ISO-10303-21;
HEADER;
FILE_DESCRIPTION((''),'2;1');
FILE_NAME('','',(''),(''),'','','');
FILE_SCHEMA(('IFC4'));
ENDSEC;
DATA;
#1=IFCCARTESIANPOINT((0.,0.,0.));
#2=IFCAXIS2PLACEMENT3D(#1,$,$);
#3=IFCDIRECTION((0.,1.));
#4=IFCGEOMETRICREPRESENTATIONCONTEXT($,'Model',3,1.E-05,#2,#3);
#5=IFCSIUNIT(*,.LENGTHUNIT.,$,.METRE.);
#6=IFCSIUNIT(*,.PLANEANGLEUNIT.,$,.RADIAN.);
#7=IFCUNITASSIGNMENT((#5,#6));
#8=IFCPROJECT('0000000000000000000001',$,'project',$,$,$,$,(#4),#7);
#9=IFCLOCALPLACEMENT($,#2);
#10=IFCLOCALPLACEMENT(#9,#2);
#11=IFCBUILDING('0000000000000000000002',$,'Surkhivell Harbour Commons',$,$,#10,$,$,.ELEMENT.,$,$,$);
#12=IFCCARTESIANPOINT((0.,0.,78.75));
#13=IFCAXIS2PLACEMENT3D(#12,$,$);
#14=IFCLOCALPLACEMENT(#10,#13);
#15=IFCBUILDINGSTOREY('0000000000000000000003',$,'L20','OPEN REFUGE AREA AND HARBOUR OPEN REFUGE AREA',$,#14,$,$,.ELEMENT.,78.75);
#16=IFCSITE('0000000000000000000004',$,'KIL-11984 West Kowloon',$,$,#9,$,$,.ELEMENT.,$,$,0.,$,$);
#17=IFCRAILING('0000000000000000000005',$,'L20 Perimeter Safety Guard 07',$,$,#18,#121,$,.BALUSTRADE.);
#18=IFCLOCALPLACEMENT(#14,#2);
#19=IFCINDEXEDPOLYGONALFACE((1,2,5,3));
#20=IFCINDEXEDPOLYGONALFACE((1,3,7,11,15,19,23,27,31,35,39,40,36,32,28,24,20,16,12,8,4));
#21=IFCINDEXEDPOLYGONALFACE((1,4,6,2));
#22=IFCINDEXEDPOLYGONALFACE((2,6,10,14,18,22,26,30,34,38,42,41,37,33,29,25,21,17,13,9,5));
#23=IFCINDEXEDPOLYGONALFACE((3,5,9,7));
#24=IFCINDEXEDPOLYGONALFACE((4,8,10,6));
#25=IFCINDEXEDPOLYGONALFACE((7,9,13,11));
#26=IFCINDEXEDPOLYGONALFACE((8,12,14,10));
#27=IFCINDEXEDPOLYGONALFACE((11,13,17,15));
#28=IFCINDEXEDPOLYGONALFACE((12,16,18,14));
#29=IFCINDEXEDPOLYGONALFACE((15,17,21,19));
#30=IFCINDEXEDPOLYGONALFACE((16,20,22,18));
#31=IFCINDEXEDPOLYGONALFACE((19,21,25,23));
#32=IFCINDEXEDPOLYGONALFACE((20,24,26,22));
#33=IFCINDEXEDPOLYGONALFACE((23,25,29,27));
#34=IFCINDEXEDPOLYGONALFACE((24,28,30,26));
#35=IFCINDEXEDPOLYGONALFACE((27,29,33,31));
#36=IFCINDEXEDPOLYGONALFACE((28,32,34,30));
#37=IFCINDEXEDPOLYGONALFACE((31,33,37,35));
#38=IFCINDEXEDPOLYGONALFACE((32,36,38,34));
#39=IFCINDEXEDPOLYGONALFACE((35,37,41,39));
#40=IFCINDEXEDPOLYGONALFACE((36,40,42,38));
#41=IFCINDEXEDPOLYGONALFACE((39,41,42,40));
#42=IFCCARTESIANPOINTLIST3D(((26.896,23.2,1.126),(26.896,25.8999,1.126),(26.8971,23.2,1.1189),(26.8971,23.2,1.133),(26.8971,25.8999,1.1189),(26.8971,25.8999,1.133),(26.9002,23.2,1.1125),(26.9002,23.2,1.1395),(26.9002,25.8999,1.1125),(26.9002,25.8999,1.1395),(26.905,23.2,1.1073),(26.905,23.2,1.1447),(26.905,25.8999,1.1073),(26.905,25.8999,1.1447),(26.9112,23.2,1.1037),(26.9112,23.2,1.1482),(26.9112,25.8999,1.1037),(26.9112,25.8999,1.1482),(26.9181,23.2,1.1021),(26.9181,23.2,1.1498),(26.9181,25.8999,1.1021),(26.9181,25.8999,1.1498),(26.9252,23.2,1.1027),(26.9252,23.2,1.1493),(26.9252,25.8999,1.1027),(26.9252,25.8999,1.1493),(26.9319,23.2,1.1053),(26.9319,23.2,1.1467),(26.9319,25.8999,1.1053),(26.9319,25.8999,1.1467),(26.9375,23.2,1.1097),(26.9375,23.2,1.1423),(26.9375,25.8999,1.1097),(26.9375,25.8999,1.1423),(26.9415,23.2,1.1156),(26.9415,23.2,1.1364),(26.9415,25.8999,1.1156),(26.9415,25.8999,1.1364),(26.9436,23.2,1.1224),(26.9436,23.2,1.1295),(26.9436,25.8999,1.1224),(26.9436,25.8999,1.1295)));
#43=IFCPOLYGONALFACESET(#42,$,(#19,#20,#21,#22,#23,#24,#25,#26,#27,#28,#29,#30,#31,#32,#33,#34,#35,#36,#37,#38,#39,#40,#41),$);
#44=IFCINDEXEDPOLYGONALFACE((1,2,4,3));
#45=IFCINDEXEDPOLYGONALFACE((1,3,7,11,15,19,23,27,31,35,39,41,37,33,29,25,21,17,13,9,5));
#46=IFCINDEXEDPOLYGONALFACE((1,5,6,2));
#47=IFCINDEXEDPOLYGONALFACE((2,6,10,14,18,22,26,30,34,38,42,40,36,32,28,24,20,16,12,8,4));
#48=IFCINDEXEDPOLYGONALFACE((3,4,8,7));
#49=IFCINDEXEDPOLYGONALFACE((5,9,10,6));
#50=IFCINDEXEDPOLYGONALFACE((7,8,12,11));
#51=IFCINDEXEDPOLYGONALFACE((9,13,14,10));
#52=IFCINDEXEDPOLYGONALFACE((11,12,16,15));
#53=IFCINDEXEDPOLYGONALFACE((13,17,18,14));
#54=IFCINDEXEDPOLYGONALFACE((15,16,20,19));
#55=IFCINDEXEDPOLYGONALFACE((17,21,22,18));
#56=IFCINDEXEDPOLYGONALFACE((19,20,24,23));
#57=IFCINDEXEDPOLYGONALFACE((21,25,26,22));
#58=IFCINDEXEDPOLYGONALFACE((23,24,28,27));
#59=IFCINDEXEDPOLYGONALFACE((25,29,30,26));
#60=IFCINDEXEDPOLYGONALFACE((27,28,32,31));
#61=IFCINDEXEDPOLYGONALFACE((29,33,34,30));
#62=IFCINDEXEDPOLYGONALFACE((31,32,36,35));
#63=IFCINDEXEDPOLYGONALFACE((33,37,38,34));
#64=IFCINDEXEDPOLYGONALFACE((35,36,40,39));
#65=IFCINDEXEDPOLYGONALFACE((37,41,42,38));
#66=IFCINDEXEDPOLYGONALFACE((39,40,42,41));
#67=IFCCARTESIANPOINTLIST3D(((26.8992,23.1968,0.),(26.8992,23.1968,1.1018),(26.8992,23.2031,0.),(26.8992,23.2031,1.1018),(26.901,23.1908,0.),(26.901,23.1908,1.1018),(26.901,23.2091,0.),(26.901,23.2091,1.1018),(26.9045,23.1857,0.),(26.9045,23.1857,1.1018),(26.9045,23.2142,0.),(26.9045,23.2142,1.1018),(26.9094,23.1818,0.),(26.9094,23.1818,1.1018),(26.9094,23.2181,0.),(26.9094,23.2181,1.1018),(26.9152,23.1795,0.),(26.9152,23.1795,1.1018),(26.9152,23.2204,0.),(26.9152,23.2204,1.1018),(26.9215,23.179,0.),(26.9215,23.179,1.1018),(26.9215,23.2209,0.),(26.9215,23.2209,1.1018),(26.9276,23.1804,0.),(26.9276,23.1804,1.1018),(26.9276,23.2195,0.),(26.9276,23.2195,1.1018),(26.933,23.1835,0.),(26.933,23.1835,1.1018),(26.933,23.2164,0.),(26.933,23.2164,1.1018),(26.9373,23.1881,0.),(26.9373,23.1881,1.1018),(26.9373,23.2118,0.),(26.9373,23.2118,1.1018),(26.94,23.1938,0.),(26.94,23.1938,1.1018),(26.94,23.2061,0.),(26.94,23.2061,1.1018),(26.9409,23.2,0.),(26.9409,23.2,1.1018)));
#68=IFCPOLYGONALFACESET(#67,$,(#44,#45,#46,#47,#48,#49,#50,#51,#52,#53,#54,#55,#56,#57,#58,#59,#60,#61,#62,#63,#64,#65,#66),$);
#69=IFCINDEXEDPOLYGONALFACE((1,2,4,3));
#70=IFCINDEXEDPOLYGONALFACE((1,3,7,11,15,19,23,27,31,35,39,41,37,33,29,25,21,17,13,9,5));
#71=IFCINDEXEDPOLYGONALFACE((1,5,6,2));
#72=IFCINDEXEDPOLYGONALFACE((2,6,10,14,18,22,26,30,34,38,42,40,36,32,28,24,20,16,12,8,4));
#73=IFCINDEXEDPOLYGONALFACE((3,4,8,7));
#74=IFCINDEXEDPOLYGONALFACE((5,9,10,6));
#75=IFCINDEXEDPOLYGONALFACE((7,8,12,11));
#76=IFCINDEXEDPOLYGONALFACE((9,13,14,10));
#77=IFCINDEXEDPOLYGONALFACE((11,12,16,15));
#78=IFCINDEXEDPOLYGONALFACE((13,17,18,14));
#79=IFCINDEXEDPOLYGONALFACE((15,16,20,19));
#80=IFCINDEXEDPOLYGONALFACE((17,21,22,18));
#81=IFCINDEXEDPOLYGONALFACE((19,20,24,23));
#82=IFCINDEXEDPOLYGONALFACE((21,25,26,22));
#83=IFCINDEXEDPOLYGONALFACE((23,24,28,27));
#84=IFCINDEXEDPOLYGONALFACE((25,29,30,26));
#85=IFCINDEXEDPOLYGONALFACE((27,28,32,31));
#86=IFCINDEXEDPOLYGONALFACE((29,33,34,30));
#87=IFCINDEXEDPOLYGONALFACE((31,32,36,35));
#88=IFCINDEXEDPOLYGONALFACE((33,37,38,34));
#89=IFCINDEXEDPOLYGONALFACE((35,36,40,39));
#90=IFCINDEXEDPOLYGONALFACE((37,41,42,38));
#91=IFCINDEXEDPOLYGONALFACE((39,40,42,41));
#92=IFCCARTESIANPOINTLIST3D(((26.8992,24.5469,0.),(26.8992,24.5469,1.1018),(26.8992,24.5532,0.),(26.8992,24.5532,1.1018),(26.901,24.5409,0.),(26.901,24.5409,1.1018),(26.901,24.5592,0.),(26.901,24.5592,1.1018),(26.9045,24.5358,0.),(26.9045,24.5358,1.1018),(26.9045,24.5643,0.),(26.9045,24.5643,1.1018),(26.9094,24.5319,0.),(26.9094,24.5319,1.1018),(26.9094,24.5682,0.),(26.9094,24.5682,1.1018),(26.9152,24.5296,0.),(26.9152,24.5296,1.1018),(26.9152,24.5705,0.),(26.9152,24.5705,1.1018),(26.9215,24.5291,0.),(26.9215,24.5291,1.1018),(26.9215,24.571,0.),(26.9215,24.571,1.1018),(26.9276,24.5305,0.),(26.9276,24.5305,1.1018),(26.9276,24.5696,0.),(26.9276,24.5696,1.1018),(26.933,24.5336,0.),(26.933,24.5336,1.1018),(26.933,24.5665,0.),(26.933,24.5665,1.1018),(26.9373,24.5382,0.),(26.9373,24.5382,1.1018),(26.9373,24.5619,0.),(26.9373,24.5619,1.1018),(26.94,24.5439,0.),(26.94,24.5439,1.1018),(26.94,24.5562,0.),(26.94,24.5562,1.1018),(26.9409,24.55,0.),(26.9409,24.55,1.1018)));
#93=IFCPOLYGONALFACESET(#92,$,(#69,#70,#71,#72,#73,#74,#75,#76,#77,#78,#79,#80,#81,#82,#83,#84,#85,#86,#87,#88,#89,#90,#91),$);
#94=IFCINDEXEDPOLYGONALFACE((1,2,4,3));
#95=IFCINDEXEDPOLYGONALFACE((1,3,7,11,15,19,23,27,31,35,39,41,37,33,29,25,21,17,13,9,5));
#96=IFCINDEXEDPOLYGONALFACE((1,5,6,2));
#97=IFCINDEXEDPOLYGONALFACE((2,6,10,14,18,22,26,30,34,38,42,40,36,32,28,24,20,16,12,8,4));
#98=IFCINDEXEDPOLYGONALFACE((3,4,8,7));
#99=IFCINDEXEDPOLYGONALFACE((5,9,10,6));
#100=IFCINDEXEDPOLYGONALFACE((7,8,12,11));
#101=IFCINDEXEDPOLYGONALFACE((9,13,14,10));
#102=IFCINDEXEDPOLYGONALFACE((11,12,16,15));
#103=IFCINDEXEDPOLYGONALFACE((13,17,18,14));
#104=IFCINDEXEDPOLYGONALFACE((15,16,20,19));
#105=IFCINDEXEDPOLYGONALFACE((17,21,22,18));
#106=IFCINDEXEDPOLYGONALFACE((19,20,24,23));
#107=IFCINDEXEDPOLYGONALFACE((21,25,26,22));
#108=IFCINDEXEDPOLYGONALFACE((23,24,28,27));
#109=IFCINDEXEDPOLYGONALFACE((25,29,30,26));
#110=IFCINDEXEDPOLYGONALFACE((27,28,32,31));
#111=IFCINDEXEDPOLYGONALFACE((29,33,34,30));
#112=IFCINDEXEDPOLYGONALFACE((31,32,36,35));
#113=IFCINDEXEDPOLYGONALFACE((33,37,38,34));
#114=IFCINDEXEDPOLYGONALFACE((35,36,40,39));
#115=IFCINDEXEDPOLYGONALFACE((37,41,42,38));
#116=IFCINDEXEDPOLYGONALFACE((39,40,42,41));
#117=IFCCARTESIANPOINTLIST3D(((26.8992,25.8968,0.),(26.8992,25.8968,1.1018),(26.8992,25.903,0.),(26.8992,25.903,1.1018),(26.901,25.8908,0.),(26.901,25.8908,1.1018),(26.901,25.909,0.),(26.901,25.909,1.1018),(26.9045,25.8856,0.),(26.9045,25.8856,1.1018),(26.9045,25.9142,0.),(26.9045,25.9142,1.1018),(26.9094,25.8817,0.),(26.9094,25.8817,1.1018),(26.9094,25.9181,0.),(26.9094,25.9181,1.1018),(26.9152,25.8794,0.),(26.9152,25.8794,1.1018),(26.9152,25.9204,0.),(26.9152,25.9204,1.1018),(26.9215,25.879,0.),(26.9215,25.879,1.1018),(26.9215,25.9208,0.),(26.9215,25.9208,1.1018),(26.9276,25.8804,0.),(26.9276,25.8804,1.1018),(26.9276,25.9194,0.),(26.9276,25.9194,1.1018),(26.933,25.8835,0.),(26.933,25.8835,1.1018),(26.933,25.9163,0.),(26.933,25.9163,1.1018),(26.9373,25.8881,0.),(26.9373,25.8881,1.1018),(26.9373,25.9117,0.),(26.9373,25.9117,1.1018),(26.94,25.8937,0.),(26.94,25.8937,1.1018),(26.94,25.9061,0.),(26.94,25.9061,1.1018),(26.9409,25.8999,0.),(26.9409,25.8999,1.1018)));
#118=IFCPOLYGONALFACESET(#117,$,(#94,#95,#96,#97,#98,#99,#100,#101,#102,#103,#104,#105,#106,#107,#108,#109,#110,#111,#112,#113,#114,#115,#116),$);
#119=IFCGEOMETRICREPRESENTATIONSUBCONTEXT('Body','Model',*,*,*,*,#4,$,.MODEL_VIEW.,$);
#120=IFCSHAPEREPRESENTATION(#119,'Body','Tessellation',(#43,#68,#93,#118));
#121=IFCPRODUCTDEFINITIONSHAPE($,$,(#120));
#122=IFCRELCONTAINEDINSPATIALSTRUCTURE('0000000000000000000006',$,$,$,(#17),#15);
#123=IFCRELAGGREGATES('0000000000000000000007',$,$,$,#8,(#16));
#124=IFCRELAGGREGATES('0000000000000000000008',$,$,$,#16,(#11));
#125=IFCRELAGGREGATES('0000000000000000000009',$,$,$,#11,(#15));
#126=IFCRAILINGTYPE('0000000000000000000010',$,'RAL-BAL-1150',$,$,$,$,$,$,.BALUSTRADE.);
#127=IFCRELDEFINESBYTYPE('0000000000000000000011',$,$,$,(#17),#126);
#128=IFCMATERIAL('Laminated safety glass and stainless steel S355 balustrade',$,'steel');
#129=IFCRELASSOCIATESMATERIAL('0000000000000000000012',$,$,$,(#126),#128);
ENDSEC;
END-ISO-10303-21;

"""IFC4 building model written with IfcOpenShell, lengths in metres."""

from ifc_helpers import new_model, si_unit, direction, frame, origin, origin_2d, place, context, subcontext, project, spatial, circle, extrude, material, type_object, element, save


model = new_model("IFC4")

# Units and contexts
model_context = context("Model", 3, precision=1e-05, world=origin(), true_north=direction((0.0, 1.0)))
body_context = subcontext(model_context, "Body", "Model", "MODEL_VIEW")
ifc_project = project(units=[si_unit("LENGTHUNIT", "METRE"), si_unit("PLANEANGLEUNIT", "RADIAN")], contexts=[model_context])

# Site, building, storey
site_placement = place(None, origin())
site = spatial("IfcSite", under=ifc_project, at=site_placement, Name="KIL-11984 West Kowloon", CompositionType="ELEMENT", RefElevation=0.0)
building_placement = place(site_placement, origin())
building = spatial("IfcBuilding", under=site, at=building_placement, Name="Surkhivell Harbour Commons", CompositionType="ELEMENT")
storey_placement = place(building_placement, frame((0.0, 0.0, 78.75)))
storey = spatial("IfcBuildingStorey", under=building, at=storey_placement, Name="L20", Description="OPEN REFUGE AREA AND HARBOUR OPEN REFUGE AREA", CompositionType="ELEMENT", Elevation=78.75)

# Railing
ifc_material_1 = material(Name="Laminated safety glass and stainless steel S355 balustrade", Category="steel")
railing_type = type_object("IfcRailingType", Name="RAL-BAL-1150", PredefinedType="BALUSTRADE", material=ifc_material_1)
railing_1_placement = place(storey_placement, frame((26.9199, 23.2, 0.0)))
element("IfcRailing", 1, at=railing_1_placement, inside=storey, type_object=railing_type, Name="L20 Perimeter Safety Guard 07", PredefinedType="BALUSTRADE", context=body_context, shape_type="SweptSolid", body=[
    extrude(circle(Radius=0.0239, at=origin_2d()), frame((0.0, 0.0, 1.126), z_axis=(0.0, 1.0, 0.0), x_axis=(-1.0, 0.0, 0.0)), (0.0, 0.0, 1.0), 2.7),
    extrude(circle(Radius=0.021, at=origin_2d()), origin(), (0.0, 0.0, 1.0), 1.1018),
    extrude(circle(Radius=0.021, at=origin_2d()), frame((0.0, 1.3501, 0.0)), (0.0, 0.0, 1.0), 1.1018),
    extrude(circle(Radius=0.021, at=origin_2d()), frame((0.0, 2.7, 0.0)), (0.0, 0.0, 1.0), 1.1018),
])

save(model, "model.ifc")
